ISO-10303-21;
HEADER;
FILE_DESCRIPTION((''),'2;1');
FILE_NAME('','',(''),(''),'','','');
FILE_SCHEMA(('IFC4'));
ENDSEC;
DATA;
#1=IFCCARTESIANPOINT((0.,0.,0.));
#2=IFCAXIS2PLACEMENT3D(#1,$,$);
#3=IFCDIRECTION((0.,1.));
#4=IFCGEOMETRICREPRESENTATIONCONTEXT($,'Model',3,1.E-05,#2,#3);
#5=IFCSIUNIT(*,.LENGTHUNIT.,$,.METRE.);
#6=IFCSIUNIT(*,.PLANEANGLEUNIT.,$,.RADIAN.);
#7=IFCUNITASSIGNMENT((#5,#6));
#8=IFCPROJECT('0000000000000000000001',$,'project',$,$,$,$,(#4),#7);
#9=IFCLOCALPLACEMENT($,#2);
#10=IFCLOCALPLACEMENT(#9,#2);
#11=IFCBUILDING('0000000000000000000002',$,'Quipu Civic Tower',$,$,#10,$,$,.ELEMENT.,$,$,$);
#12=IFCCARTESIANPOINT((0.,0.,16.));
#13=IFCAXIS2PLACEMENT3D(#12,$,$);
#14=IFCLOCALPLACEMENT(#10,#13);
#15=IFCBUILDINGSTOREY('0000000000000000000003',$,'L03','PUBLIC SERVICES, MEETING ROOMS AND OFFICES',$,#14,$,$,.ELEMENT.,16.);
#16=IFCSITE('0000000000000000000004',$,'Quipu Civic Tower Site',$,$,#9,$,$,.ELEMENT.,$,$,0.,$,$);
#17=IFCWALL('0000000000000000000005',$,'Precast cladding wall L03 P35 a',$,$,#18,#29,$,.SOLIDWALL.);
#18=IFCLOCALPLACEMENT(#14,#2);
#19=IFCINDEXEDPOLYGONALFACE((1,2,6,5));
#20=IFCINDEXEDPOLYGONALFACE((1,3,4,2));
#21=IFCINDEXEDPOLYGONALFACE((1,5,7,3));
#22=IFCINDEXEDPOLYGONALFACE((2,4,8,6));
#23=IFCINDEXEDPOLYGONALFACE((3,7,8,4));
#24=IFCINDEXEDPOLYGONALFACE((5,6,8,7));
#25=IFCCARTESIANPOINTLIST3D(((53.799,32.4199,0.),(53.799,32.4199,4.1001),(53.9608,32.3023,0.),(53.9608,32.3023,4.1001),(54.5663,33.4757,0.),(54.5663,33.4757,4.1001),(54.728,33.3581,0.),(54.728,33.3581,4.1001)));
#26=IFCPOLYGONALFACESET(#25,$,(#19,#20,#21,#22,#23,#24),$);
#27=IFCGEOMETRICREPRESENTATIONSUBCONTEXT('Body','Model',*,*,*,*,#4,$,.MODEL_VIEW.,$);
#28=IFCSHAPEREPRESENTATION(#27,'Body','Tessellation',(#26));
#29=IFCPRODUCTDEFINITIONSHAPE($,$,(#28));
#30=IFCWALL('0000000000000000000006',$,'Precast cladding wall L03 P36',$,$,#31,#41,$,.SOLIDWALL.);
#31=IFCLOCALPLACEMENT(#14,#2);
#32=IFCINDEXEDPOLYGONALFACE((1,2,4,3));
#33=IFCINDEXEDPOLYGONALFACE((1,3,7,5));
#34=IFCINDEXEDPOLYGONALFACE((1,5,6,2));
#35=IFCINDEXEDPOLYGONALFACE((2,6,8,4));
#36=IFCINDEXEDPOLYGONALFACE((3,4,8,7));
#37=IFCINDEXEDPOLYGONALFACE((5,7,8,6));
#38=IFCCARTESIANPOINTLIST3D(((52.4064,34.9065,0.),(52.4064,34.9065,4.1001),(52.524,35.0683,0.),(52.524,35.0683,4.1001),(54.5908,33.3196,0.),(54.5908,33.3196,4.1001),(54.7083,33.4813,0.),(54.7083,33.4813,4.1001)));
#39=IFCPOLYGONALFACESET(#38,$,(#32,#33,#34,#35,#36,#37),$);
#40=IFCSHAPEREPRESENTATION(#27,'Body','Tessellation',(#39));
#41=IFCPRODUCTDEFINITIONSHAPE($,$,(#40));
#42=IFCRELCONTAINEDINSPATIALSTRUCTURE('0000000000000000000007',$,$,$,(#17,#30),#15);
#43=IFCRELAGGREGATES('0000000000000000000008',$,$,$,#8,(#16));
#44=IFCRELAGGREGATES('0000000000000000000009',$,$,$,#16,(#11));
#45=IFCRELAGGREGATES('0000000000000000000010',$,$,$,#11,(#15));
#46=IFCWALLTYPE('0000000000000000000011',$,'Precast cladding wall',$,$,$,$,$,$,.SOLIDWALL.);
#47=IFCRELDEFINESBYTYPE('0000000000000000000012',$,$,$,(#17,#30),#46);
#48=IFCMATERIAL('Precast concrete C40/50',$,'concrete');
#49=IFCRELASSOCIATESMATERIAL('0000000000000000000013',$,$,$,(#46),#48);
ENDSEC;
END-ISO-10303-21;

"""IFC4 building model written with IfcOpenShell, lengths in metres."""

from ifc_helpers import new_model, si_unit, direction, frame, frame_2d, origin, place, context, subcontext, project, spatial, rectangle, extrude, material, type_object, element, save


model = new_model("IFC4")

# Units and contexts
model_context = context("Model", 3, precision=1e-05, world=origin(), true_north=direction((0.0, 1.0)))
body_context = subcontext(model_context, "Body", "Model", "MODEL_VIEW")
ifc_project = project(units=[si_unit("LENGTHUNIT", "METRE"), si_unit("PLANEANGLEUNIT", "RADIAN")], contexts=[model_context])

# Site, building, storey
site_placement = place(None, origin())
site = spatial("IfcSite", under=ifc_project, at=site_placement, Name="Quipu Civic Tower Site", CompositionType="ELEMENT", RefElevation=0.0)
building_placement = place(site_placement, origin())
building = spatial("IfcBuilding", under=site, at=building_placement, Name="Quipu Civic Tower", CompositionType="ELEMENT")
storey_placement = place(building_placement, frame((0.0, 0.0, 16.0)))
storey = spatial("IfcBuildingStorey", under=building, at=storey_placement, Name="L03", Description="PUBLIC SERVICES, MEETING ROOMS AND OFFICES", CompositionType="ELEMENT", Elevation=16.0)

# Walls
ifc_material_1 = material(Name="Precast concrete C40/50", Category="concrete")
wall_type_1 = type_object("IfcWallType", Name="Precast cladding wall", PredefinedType="SOLIDWALL", material=ifc_material_1)
wall_1_placement = place(storey_placement, frame((53.8799, 32.3611, 0.0), z_axis=(0.0, 0.0, 1.0), x_axis=(0.587871, 0.808954, 0.0)))
element("IfcWall", 1, at=wall_1_placement, inside=storey, type_object=wall_type_1, Name="Precast cladding wall L03 P35 a", PredefinedType="SOLIDWALL", context=body_context, shape_type="SweptSolid", body=[
    extrude(rectangle(XDim=1.3052, YDim=0.2, at=frame_2d((0.6526, 0.0))), origin(), (0.0, 0.0, 1.0), 4.1001),
])
wall_2_placement = place(storey_placement, frame((54.6497, 33.4004, 0.0), z_axis=(0.0, 0.0, 1.0), x_axis=(-0.809033, 0.587763, 0.0)))
element("IfcWall", 2, at=wall_2_placement, inside=storey, type_object=wall_type_1, Name="Precast cladding wall L03 P36", PredefinedType="SOLIDWALL", context=body_context, shape_type="SweptSolid", body=[
    extrude(rectangle(XDim=2.7, YDim=0.2, at=frame_2d((1.3501, 0.0))), origin(), (0.0, 0.0, 1.0), 4.1001),
])

save(model, "model.ifc")
